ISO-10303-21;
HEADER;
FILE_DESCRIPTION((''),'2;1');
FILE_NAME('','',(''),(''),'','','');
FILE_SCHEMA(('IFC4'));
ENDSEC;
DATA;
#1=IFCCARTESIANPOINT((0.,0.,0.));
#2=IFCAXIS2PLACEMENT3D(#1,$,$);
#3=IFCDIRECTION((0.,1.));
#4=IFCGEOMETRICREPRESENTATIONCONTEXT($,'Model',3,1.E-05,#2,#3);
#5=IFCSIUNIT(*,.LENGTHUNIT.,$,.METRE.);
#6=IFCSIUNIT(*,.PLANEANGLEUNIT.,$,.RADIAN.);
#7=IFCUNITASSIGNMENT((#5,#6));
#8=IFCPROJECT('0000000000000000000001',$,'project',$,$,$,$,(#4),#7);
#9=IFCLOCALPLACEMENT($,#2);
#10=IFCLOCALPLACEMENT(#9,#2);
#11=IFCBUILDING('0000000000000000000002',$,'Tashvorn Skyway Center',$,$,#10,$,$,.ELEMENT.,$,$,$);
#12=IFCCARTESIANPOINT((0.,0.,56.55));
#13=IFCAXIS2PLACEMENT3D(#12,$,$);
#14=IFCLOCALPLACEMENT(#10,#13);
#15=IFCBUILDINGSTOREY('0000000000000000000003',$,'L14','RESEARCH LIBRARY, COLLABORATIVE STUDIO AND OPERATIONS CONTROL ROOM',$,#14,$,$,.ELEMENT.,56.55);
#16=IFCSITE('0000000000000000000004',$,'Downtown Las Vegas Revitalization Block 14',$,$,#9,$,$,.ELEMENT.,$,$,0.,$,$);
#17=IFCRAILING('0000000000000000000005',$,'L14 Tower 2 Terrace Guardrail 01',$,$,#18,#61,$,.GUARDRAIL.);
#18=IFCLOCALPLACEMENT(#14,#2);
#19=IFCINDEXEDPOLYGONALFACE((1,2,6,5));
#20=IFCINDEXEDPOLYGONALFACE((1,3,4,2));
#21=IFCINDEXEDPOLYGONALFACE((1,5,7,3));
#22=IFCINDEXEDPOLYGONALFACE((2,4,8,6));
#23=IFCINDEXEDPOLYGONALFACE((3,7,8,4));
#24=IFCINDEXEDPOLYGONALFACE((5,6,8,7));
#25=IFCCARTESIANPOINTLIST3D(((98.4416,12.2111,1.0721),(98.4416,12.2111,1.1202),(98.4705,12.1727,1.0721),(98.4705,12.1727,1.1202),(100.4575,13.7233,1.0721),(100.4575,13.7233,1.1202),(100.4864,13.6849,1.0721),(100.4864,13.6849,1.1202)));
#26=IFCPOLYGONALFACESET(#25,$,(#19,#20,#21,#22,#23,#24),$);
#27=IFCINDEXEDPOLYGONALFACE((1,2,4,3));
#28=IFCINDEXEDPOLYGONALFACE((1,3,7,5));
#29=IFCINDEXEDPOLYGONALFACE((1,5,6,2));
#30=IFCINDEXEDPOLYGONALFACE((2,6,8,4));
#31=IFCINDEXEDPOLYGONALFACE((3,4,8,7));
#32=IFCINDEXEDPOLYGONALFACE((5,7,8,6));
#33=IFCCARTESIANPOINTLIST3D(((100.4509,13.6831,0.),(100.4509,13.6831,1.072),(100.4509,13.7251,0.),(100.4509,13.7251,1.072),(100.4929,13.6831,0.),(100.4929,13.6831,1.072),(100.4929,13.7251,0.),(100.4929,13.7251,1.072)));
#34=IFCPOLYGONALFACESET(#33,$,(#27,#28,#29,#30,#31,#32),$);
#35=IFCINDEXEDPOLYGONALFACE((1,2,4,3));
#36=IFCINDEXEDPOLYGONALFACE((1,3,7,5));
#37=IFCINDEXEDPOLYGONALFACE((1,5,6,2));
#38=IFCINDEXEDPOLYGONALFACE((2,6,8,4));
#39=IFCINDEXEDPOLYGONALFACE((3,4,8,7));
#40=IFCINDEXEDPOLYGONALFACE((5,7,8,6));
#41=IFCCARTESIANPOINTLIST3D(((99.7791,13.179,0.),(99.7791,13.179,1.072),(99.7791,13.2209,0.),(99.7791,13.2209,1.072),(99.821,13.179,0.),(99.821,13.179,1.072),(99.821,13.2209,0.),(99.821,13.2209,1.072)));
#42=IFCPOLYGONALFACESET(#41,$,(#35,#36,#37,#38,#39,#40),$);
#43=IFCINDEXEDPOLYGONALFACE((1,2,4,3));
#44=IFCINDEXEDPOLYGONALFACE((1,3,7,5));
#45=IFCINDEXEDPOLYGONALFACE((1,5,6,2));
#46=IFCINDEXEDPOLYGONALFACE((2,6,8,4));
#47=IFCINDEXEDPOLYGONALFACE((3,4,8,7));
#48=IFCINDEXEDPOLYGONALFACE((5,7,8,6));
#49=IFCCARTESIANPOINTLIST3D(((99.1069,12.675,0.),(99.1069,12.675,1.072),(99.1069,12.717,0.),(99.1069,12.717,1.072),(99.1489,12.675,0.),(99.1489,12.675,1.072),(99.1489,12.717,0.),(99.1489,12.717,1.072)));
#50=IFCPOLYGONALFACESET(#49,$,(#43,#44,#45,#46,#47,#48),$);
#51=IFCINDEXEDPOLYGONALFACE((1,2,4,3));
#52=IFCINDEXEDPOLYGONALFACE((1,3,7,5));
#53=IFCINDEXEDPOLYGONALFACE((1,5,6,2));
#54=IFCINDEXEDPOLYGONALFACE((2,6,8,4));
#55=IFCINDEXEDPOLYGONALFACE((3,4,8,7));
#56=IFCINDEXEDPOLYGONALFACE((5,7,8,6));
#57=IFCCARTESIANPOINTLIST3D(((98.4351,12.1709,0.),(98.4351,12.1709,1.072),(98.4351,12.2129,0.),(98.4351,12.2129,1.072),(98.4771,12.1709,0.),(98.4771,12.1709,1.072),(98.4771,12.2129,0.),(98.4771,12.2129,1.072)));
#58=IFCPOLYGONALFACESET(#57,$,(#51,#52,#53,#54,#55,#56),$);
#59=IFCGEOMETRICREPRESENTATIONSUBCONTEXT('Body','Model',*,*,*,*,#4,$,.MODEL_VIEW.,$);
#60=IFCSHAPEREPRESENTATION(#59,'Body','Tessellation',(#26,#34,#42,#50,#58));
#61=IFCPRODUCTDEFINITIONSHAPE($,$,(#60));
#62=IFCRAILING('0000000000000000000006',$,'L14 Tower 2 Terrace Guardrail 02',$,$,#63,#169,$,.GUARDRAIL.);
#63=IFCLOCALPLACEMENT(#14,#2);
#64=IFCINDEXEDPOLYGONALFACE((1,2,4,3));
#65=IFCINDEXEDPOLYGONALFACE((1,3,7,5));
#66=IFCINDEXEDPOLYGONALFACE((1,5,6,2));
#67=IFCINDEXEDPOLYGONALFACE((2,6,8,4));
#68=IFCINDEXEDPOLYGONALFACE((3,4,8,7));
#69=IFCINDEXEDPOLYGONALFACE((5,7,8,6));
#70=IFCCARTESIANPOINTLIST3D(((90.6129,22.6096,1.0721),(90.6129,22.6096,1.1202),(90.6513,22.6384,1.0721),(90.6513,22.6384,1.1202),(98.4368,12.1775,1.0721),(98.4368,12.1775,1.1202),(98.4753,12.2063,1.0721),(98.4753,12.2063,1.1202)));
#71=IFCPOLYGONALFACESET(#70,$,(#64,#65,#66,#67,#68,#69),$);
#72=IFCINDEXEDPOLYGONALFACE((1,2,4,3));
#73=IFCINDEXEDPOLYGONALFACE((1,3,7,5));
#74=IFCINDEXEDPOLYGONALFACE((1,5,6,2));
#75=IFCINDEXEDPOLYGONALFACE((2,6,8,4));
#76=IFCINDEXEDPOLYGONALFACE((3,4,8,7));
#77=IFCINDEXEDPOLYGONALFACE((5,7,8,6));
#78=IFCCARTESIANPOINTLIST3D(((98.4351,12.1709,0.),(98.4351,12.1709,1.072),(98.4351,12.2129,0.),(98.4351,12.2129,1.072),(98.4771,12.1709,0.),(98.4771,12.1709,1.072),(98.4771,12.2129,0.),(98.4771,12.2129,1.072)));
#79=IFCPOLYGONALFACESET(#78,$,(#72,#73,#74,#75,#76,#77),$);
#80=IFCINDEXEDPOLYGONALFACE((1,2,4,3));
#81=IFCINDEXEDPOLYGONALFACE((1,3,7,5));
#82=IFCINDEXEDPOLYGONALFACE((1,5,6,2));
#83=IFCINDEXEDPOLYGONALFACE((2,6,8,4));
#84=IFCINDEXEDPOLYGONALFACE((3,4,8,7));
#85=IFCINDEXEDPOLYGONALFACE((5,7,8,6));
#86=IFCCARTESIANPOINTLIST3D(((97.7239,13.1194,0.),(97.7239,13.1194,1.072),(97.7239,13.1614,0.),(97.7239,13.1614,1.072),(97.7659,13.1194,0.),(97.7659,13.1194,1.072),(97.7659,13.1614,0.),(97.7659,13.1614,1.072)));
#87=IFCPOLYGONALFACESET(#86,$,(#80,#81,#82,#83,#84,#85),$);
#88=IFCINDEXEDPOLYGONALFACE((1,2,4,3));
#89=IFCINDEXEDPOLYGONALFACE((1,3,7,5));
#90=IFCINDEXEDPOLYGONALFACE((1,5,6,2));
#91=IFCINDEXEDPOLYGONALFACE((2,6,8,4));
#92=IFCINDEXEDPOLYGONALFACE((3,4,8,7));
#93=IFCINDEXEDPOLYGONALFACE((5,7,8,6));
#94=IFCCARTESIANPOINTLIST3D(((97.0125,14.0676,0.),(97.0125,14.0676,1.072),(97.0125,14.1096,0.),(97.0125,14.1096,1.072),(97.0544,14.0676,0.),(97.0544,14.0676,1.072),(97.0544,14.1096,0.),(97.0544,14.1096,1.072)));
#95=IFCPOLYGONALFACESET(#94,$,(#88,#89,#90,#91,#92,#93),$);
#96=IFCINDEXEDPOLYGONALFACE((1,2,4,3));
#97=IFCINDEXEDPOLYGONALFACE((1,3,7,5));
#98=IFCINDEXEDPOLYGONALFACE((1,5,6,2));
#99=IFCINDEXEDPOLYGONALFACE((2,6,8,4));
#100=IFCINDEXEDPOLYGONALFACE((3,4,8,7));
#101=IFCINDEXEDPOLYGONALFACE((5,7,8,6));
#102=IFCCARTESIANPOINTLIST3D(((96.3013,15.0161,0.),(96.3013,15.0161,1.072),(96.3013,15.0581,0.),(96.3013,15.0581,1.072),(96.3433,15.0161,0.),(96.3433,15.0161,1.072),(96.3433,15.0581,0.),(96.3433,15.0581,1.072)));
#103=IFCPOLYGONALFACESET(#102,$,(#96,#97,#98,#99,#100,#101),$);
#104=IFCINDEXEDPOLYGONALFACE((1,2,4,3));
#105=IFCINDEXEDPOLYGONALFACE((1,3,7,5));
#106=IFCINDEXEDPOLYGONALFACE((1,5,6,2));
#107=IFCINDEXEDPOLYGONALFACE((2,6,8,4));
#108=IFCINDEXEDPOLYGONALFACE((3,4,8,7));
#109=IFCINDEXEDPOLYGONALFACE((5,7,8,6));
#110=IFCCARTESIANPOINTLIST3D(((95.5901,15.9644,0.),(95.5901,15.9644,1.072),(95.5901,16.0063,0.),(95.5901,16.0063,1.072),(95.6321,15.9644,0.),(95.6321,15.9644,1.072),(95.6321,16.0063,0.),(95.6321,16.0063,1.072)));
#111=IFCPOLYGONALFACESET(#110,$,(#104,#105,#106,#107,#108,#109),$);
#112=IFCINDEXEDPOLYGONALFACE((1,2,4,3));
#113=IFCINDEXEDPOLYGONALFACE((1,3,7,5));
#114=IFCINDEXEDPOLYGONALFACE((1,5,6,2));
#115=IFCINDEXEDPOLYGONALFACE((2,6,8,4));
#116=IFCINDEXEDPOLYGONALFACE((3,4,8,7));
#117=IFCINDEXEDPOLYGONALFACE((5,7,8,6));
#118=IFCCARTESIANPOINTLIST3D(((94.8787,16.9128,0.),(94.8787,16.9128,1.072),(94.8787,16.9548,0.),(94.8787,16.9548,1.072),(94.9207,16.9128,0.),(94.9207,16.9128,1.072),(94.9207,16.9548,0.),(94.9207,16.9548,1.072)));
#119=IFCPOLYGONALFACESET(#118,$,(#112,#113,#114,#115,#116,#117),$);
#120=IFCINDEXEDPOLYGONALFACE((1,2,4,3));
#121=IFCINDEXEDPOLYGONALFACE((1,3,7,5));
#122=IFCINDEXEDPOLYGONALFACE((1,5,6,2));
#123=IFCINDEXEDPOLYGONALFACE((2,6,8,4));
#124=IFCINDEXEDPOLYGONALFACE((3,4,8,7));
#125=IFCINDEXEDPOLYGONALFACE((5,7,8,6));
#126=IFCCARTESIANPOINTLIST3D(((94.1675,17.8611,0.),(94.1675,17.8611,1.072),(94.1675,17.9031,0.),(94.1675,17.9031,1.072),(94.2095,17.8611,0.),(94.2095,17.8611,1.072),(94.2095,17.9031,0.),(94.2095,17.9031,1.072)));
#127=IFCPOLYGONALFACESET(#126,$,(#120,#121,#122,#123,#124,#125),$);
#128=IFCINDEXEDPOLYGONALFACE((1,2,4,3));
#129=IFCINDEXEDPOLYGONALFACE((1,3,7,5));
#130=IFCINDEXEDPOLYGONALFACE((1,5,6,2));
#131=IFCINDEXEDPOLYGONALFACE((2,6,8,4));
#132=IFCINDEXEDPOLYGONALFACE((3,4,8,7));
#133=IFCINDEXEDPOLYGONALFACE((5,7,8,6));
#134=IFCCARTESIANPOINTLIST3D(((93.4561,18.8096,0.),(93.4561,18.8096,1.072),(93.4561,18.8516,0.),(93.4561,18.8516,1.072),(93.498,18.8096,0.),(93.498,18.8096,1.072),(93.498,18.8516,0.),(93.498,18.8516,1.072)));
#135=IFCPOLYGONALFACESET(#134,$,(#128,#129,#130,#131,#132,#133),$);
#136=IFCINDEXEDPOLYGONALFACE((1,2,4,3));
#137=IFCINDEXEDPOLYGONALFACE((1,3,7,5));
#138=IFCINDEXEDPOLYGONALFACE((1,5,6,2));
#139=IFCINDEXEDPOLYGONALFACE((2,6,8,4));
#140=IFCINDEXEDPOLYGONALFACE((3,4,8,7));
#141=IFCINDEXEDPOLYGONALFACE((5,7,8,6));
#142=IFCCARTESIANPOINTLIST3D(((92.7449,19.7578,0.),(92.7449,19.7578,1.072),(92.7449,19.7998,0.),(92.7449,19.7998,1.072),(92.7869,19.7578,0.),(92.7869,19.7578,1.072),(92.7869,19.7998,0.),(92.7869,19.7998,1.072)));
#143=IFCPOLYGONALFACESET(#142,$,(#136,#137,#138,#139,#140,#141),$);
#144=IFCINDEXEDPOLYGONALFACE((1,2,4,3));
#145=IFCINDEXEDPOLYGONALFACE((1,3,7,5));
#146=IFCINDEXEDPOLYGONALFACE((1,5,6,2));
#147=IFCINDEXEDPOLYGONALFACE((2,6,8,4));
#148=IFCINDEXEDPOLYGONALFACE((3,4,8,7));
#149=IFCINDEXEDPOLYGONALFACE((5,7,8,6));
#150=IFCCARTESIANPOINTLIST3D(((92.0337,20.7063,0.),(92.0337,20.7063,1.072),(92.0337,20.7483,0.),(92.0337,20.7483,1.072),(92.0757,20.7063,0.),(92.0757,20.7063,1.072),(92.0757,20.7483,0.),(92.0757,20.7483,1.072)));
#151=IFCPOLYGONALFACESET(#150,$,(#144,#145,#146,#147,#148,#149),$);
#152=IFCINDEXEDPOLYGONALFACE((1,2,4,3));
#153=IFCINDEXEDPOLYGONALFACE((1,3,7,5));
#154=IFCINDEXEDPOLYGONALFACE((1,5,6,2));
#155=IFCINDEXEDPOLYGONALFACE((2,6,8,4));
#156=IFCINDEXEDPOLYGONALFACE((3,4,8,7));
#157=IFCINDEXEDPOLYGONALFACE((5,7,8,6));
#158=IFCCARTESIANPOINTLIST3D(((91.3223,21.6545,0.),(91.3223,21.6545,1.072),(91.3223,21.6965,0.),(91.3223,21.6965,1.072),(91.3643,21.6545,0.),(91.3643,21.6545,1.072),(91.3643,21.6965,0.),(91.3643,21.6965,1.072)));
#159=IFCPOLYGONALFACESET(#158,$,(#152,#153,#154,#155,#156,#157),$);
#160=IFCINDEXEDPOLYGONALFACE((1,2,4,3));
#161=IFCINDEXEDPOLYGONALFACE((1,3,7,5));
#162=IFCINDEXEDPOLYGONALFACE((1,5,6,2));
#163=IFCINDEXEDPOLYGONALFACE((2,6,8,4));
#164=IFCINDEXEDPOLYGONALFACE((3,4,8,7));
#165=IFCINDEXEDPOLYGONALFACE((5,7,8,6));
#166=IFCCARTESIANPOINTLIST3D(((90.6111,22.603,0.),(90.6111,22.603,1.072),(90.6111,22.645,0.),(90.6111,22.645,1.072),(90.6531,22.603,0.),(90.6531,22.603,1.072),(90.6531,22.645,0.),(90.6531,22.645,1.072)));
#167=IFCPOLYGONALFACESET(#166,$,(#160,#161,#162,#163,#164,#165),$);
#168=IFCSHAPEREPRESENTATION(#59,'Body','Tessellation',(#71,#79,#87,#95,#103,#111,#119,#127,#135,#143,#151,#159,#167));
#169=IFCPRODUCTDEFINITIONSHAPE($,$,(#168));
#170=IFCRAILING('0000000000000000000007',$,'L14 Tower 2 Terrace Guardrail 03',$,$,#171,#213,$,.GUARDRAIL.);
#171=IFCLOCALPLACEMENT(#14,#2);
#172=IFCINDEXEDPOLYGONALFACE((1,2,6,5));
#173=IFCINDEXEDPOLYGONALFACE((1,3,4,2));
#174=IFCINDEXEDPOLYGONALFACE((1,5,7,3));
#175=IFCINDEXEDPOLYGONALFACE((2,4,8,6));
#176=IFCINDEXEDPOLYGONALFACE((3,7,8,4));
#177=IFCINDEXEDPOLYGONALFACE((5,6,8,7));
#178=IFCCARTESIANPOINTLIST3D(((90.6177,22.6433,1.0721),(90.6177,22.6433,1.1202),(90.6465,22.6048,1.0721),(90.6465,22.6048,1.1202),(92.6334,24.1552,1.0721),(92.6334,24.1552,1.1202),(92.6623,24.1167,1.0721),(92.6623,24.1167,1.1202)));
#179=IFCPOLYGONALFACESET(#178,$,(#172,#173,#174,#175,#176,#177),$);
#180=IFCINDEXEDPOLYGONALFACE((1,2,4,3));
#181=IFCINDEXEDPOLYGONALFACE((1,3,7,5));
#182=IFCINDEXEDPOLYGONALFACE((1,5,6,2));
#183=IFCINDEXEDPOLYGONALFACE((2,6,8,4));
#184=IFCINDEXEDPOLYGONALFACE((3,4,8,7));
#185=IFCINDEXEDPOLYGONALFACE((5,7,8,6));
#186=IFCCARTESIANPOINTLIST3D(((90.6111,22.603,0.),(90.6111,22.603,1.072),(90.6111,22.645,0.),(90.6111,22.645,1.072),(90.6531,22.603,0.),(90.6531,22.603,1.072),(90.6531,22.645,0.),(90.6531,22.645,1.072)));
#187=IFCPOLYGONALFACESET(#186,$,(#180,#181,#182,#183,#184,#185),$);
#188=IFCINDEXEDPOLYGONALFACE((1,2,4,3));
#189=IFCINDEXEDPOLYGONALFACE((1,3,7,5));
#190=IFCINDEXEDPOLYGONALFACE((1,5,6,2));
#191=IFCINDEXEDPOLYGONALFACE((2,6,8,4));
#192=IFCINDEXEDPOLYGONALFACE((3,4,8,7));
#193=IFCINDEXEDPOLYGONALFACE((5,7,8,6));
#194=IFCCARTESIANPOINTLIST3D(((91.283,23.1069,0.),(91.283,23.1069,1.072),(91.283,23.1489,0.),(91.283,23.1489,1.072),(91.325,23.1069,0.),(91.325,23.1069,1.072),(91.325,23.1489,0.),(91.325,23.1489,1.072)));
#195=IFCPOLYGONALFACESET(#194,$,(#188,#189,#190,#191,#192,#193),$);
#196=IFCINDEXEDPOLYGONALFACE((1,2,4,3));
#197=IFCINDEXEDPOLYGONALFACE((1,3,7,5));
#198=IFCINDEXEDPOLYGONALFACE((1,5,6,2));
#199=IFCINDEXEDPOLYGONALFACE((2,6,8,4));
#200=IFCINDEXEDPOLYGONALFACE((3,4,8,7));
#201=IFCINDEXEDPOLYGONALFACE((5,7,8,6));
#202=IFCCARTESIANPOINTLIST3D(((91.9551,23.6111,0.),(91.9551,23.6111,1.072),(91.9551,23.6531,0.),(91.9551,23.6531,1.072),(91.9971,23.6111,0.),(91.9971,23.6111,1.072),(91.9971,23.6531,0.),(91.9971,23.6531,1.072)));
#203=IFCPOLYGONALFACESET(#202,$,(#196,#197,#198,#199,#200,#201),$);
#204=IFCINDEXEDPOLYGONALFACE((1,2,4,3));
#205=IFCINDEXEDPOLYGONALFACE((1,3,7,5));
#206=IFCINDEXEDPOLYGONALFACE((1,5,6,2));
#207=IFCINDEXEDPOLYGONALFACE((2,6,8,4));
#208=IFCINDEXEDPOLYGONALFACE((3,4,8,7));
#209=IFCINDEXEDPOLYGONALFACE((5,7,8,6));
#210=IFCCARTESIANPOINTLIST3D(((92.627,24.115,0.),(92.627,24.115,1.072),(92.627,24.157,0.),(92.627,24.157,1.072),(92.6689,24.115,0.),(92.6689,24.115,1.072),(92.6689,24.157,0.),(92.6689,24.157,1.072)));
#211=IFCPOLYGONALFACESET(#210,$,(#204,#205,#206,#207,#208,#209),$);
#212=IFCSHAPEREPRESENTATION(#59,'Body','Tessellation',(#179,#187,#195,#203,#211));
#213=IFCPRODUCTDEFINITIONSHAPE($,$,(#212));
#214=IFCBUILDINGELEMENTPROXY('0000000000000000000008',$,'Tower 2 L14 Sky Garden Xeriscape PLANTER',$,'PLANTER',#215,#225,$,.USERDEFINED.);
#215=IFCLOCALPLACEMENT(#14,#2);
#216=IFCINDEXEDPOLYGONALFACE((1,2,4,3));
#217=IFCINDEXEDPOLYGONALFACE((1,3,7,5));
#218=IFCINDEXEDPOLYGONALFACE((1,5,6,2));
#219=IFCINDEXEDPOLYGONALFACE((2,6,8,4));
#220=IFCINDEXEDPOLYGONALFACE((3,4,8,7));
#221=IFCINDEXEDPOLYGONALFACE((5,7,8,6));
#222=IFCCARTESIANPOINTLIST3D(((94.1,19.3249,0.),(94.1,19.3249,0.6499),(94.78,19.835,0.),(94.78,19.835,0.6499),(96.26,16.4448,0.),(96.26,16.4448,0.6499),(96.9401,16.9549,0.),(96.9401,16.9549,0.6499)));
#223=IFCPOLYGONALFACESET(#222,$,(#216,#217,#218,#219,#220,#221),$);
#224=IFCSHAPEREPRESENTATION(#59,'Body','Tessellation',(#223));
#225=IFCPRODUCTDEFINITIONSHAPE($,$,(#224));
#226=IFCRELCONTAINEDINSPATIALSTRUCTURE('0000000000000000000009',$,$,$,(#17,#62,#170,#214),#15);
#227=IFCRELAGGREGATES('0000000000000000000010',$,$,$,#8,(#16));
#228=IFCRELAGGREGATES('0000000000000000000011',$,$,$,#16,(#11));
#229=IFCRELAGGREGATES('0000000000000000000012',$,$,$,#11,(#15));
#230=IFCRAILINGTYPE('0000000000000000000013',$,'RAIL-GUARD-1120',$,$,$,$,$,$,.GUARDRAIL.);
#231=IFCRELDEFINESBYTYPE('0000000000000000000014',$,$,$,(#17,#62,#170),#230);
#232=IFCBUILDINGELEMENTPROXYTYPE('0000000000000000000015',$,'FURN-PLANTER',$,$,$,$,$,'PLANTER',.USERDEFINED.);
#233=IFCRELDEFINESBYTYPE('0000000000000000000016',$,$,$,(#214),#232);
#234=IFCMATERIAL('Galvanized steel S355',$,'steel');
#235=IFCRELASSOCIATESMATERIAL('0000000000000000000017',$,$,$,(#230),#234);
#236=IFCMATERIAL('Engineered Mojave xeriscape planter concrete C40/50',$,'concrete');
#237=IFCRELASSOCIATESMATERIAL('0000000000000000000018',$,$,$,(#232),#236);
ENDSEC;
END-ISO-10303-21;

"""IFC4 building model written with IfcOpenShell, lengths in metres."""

from ifc_helpers import new_model, si_unit, direction, frame, origin, origin_2d, place, context, subcontext, project, spatial, rectangle, extrude, material, type_object, element, save


model = new_model("IFC4")

# Units and contexts
model_context = context("Model", 3, precision=1e-05, world=origin(), true_north=direction((0.0, 1.0)))
body_context = subcontext(model_context, "Body", "Model", "MODEL_VIEW")
ifc_project = project(units=[si_unit("LENGTHUNIT", "METRE"), si_unit("PLANEANGLEUNIT", "RADIAN")], contexts=[model_context])

# Site, building, storey
site_placement = place(None, origin())
site = spatial("IfcSite", under=ifc_project, at=site_placement, Name="Downtown Las Vegas Revitalization Block 14", CompositionType="ELEMENT", RefElevation=0.0)
building_placement = place(site_placement, origin())
building = spatial("IfcBuilding", under=site, at=building_placement, Name="Tashvorn Skyway Center", CompositionType="ELEMENT")
storey_placement = place(building_placement, frame((0.0, 0.0, 56.55)))
storey = spatial("IfcBuildingStorey", under=building, at=storey_placement, Name="L14", Description="RESEARCH LIBRARY, COLLABORATIVE STUDIO AND OPERATIONS CONTROL ROOM", CompositionType="ELEMENT", Elevation=56.55)

# Railings
ifc_material_1 = material(Name="Galvanized steel S355", Category="steel")
railing_type = type_object("IfcRailingType", Name="RAIL-GUARD-1120", PredefinedType="GUARDRAIL", material=ifc_material_1)
railing_1_placement = place(storey_placement, frame((100.4719, 13.7041, 0.0)))
element("IfcRailing", 1, at=railing_1_placement, inside=storey, type_object=railing_type, Name="L14 Tower 2 Terrace Guardrail 01", PredefinedType="GUARDRAIL", context=body_context, shape_type="SweptSolid", body=[
    extrude(rectangle(XDim=0.0481, YDim=0.0481, at=origin_2d()), frame((0.0, 0.0, 1.0962), z_axis=(-0.799942, -0.600078, 0.0), x_axis=(0.600078, -0.799942, 0.0)), (0.0, 0.0, 1.0), 2.52),
    extrude(rectangle(XDim=0.042, YDim=0.042, at=origin_2d()), origin(), (0.0, 0.0, 1.0), 1.072),
    extrude(rectangle(XDim=0.042, YDim=0.042, at=origin_2d()), frame((-0.6719, -0.5042, 0.0)), (0.0, 0.0, 1.0), 1.072),
    extrude(rectangle(XDim=0.042, YDim=0.042, at=origin_2d()), frame((-1.344, -1.0081, 0.0)), (0.0, 0.0, 1.0), 1.072),
    extrude(rectangle(XDim=0.042, YDim=0.042, at=origin_2d()), frame((-2.0159, -1.5122, 0.0)), (0.0, 0.0, 1.0), 1.072),
])
railing_2_placement = place(storey_placement, frame((98.4561, 12.1919, 0.0)))
element("IfcRailing", 2, at=railing_2_placement, inside=storey, type_object=railing_type, Name="L14 Tower 2 Terrace Guardrail 02", PredefinedType="GUARDRAIL", context=body_context, shape_type="SweptSolid", body=[
    extrude(rectangle(XDim=0.0481, YDim=0.0481, at=origin_2d()), frame((0.0, 0.0, 1.0962), z_axis=(-0.599994, 0.800004, 0.0), x_axis=(-0.800004, -0.599994, 0.0)), (0.0, 0.0, 1.0), 13.04),
    extrude(rectangle(XDim=0.042, YDim=0.042, at=origin_2d()), origin(), (0.0, 0.0, 1.0), 1.072),
    extrude(rectangle(XDim=0.042, YDim=0.042, at=origin_2d()), frame((-0.7112, 0.9485, 0.0)), (0.0, 0.0, 1.0), 1.072),
    extrude(rectangle(XDim=0.042, YDim=0.042, at=origin_2d()), frame((-1.4226, 1.8967, 0.0)), (0.0, 0.0, 1.0), 1.072),
    extrude(rectangle(XDim=0.042, YDim=0.042, at=origin_2d()), frame((-2.1338, 2.8452, 0.0)), (0.0, 0.0, 1.0), 1.072),
    extrude(rectangle(XDim=0.042, YDim=0.042, at=origin_2d()), frame((-2.845, 3.7935, 0.0)), (0.0, 0.0, 1.0), 1.072),
    extrude(rectangle(XDim=0.042, YDim=0.042, at=origin_2d()), frame((-3.5564, 4.7419, 0.0)), (0.0, 0.0, 1.0), 1.072),
    extrude(rectangle(XDim=0.042, YDim=0.042, at=origin_2d()), frame((-4.2676, 5.6902, 0.0)), (0.0, 0.0, 1.0), 1.072),
    extrude(rectangle(XDim=0.042, YDim=0.042, at=origin_2d()), frame((-4.979, 6.6387, 0.0)), (0.0, 0.0, 1.0), 1.072),
    extrude(rectangle(XDim=0.042, YDim=0.042, at=origin_2d()), frame((-5.6902, 7.5869, 0.0)), (0.0, 0.0, 1.0), 1.072),
    extrude(rectangle(XDim=0.042, YDim=0.042, at=origin_2d()), frame((-6.4014, 8.5354, 0.0)), (0.0, 0.0, 1.0), 1.072),
    extrude(rectangle(XDim=0.042, YDim=0.042, at=origin_2d()), frame((-7.1128, 9.4836, 0.0)), (0.0, 0.0, 1.0), 1.072),
    extrude(rectangle(XDim=0.042, YDim=0.042, at=origin_2d()), frame((-7.824, 10.4321, 0.0)), (0.0, 0.0, 1.0), 1.072),
])
railing_3_placement = place(storey_placement, frame((90.6321, 22.624, 0.0)))
element("IfcRailing", 3, at=railing_3_placement, inside=storey, type_object=railing_type, Name="L14 Tower 2 Terrace Guardrail 03", PredefinedType="GUARDRAIL", context=body_context, shape_type="SweptSolid", body=[
    extrude(rectangle(XDim=0.0481, YDim=0.0481, at=origin_2d()), frame((0.0, 0.0, 1.0962), z_axis=(0.799988, 0.600016, 0.0), x_axis=(-0.600016, 0.799988, 0.0)), (0.0, 0.0, 1.0), 2.5198),
    extrude(rectangle(XDim=0.042, YDim=0.042, at=origin_2d()), origin(), (0.0, 0.0, 1.0), 1.072),
    extrude(rectangle(XDim=0.042, YDim=0.042, at=origin_2d()), frame((0.6719, 0.5039, 0.0)), (0.0, 0.0, 1.0), 1.072),
    extrude(rectangle(XDim=0.042, YDim=0.042, at=origin_2d()), frame((1.344, 1.0081, 0.0)), (0.0, 0.0, 1.0), 1.072),
    extrude(rectangle(XDim=0.042, YDim=0.042, at=origin_2d()), frame((2.0159, 1.512, 0.0)), (0.0, 0.0, 1.0), 1.072),
])

# Building element proxy
ifc_material_2 = material(Name="Engineered Mojave xeriscape planter concrete C40/50", Category="concrete")
building_element_proxy_type = type_object("IfcBuildingElementProxyType", Name="FURN-PLANTER", ElementType="PLANTER", PredefinedType="USERDEFINED", material=ifc_material_2)
proxy_placement = place(storey_placement, frame((95.52, 18.1399, 0.0), z_axis=(0.0, 0.0, 1.0), x_axis=(-0.6, 0.8, 0.0)))
element("IfcBuildingElementProxy", 4, at=proxy_placement, inside=storey, type_object=building_element_proxy_type, Name="Tower 2 L14 Sky Garden Xeriscape PLANTER", ObjectType="PLANTER", PredefinedType="USERDEFINED", context=body_context, shape_type="SweptSolid", body=[
    extrude(rectangle(XDim=3.6001, YDim=0.8501, at=origin_2d()), origin(), (0.0, 0.0, 1.0), 0.6499),
])

save(model, "model.ifc")
